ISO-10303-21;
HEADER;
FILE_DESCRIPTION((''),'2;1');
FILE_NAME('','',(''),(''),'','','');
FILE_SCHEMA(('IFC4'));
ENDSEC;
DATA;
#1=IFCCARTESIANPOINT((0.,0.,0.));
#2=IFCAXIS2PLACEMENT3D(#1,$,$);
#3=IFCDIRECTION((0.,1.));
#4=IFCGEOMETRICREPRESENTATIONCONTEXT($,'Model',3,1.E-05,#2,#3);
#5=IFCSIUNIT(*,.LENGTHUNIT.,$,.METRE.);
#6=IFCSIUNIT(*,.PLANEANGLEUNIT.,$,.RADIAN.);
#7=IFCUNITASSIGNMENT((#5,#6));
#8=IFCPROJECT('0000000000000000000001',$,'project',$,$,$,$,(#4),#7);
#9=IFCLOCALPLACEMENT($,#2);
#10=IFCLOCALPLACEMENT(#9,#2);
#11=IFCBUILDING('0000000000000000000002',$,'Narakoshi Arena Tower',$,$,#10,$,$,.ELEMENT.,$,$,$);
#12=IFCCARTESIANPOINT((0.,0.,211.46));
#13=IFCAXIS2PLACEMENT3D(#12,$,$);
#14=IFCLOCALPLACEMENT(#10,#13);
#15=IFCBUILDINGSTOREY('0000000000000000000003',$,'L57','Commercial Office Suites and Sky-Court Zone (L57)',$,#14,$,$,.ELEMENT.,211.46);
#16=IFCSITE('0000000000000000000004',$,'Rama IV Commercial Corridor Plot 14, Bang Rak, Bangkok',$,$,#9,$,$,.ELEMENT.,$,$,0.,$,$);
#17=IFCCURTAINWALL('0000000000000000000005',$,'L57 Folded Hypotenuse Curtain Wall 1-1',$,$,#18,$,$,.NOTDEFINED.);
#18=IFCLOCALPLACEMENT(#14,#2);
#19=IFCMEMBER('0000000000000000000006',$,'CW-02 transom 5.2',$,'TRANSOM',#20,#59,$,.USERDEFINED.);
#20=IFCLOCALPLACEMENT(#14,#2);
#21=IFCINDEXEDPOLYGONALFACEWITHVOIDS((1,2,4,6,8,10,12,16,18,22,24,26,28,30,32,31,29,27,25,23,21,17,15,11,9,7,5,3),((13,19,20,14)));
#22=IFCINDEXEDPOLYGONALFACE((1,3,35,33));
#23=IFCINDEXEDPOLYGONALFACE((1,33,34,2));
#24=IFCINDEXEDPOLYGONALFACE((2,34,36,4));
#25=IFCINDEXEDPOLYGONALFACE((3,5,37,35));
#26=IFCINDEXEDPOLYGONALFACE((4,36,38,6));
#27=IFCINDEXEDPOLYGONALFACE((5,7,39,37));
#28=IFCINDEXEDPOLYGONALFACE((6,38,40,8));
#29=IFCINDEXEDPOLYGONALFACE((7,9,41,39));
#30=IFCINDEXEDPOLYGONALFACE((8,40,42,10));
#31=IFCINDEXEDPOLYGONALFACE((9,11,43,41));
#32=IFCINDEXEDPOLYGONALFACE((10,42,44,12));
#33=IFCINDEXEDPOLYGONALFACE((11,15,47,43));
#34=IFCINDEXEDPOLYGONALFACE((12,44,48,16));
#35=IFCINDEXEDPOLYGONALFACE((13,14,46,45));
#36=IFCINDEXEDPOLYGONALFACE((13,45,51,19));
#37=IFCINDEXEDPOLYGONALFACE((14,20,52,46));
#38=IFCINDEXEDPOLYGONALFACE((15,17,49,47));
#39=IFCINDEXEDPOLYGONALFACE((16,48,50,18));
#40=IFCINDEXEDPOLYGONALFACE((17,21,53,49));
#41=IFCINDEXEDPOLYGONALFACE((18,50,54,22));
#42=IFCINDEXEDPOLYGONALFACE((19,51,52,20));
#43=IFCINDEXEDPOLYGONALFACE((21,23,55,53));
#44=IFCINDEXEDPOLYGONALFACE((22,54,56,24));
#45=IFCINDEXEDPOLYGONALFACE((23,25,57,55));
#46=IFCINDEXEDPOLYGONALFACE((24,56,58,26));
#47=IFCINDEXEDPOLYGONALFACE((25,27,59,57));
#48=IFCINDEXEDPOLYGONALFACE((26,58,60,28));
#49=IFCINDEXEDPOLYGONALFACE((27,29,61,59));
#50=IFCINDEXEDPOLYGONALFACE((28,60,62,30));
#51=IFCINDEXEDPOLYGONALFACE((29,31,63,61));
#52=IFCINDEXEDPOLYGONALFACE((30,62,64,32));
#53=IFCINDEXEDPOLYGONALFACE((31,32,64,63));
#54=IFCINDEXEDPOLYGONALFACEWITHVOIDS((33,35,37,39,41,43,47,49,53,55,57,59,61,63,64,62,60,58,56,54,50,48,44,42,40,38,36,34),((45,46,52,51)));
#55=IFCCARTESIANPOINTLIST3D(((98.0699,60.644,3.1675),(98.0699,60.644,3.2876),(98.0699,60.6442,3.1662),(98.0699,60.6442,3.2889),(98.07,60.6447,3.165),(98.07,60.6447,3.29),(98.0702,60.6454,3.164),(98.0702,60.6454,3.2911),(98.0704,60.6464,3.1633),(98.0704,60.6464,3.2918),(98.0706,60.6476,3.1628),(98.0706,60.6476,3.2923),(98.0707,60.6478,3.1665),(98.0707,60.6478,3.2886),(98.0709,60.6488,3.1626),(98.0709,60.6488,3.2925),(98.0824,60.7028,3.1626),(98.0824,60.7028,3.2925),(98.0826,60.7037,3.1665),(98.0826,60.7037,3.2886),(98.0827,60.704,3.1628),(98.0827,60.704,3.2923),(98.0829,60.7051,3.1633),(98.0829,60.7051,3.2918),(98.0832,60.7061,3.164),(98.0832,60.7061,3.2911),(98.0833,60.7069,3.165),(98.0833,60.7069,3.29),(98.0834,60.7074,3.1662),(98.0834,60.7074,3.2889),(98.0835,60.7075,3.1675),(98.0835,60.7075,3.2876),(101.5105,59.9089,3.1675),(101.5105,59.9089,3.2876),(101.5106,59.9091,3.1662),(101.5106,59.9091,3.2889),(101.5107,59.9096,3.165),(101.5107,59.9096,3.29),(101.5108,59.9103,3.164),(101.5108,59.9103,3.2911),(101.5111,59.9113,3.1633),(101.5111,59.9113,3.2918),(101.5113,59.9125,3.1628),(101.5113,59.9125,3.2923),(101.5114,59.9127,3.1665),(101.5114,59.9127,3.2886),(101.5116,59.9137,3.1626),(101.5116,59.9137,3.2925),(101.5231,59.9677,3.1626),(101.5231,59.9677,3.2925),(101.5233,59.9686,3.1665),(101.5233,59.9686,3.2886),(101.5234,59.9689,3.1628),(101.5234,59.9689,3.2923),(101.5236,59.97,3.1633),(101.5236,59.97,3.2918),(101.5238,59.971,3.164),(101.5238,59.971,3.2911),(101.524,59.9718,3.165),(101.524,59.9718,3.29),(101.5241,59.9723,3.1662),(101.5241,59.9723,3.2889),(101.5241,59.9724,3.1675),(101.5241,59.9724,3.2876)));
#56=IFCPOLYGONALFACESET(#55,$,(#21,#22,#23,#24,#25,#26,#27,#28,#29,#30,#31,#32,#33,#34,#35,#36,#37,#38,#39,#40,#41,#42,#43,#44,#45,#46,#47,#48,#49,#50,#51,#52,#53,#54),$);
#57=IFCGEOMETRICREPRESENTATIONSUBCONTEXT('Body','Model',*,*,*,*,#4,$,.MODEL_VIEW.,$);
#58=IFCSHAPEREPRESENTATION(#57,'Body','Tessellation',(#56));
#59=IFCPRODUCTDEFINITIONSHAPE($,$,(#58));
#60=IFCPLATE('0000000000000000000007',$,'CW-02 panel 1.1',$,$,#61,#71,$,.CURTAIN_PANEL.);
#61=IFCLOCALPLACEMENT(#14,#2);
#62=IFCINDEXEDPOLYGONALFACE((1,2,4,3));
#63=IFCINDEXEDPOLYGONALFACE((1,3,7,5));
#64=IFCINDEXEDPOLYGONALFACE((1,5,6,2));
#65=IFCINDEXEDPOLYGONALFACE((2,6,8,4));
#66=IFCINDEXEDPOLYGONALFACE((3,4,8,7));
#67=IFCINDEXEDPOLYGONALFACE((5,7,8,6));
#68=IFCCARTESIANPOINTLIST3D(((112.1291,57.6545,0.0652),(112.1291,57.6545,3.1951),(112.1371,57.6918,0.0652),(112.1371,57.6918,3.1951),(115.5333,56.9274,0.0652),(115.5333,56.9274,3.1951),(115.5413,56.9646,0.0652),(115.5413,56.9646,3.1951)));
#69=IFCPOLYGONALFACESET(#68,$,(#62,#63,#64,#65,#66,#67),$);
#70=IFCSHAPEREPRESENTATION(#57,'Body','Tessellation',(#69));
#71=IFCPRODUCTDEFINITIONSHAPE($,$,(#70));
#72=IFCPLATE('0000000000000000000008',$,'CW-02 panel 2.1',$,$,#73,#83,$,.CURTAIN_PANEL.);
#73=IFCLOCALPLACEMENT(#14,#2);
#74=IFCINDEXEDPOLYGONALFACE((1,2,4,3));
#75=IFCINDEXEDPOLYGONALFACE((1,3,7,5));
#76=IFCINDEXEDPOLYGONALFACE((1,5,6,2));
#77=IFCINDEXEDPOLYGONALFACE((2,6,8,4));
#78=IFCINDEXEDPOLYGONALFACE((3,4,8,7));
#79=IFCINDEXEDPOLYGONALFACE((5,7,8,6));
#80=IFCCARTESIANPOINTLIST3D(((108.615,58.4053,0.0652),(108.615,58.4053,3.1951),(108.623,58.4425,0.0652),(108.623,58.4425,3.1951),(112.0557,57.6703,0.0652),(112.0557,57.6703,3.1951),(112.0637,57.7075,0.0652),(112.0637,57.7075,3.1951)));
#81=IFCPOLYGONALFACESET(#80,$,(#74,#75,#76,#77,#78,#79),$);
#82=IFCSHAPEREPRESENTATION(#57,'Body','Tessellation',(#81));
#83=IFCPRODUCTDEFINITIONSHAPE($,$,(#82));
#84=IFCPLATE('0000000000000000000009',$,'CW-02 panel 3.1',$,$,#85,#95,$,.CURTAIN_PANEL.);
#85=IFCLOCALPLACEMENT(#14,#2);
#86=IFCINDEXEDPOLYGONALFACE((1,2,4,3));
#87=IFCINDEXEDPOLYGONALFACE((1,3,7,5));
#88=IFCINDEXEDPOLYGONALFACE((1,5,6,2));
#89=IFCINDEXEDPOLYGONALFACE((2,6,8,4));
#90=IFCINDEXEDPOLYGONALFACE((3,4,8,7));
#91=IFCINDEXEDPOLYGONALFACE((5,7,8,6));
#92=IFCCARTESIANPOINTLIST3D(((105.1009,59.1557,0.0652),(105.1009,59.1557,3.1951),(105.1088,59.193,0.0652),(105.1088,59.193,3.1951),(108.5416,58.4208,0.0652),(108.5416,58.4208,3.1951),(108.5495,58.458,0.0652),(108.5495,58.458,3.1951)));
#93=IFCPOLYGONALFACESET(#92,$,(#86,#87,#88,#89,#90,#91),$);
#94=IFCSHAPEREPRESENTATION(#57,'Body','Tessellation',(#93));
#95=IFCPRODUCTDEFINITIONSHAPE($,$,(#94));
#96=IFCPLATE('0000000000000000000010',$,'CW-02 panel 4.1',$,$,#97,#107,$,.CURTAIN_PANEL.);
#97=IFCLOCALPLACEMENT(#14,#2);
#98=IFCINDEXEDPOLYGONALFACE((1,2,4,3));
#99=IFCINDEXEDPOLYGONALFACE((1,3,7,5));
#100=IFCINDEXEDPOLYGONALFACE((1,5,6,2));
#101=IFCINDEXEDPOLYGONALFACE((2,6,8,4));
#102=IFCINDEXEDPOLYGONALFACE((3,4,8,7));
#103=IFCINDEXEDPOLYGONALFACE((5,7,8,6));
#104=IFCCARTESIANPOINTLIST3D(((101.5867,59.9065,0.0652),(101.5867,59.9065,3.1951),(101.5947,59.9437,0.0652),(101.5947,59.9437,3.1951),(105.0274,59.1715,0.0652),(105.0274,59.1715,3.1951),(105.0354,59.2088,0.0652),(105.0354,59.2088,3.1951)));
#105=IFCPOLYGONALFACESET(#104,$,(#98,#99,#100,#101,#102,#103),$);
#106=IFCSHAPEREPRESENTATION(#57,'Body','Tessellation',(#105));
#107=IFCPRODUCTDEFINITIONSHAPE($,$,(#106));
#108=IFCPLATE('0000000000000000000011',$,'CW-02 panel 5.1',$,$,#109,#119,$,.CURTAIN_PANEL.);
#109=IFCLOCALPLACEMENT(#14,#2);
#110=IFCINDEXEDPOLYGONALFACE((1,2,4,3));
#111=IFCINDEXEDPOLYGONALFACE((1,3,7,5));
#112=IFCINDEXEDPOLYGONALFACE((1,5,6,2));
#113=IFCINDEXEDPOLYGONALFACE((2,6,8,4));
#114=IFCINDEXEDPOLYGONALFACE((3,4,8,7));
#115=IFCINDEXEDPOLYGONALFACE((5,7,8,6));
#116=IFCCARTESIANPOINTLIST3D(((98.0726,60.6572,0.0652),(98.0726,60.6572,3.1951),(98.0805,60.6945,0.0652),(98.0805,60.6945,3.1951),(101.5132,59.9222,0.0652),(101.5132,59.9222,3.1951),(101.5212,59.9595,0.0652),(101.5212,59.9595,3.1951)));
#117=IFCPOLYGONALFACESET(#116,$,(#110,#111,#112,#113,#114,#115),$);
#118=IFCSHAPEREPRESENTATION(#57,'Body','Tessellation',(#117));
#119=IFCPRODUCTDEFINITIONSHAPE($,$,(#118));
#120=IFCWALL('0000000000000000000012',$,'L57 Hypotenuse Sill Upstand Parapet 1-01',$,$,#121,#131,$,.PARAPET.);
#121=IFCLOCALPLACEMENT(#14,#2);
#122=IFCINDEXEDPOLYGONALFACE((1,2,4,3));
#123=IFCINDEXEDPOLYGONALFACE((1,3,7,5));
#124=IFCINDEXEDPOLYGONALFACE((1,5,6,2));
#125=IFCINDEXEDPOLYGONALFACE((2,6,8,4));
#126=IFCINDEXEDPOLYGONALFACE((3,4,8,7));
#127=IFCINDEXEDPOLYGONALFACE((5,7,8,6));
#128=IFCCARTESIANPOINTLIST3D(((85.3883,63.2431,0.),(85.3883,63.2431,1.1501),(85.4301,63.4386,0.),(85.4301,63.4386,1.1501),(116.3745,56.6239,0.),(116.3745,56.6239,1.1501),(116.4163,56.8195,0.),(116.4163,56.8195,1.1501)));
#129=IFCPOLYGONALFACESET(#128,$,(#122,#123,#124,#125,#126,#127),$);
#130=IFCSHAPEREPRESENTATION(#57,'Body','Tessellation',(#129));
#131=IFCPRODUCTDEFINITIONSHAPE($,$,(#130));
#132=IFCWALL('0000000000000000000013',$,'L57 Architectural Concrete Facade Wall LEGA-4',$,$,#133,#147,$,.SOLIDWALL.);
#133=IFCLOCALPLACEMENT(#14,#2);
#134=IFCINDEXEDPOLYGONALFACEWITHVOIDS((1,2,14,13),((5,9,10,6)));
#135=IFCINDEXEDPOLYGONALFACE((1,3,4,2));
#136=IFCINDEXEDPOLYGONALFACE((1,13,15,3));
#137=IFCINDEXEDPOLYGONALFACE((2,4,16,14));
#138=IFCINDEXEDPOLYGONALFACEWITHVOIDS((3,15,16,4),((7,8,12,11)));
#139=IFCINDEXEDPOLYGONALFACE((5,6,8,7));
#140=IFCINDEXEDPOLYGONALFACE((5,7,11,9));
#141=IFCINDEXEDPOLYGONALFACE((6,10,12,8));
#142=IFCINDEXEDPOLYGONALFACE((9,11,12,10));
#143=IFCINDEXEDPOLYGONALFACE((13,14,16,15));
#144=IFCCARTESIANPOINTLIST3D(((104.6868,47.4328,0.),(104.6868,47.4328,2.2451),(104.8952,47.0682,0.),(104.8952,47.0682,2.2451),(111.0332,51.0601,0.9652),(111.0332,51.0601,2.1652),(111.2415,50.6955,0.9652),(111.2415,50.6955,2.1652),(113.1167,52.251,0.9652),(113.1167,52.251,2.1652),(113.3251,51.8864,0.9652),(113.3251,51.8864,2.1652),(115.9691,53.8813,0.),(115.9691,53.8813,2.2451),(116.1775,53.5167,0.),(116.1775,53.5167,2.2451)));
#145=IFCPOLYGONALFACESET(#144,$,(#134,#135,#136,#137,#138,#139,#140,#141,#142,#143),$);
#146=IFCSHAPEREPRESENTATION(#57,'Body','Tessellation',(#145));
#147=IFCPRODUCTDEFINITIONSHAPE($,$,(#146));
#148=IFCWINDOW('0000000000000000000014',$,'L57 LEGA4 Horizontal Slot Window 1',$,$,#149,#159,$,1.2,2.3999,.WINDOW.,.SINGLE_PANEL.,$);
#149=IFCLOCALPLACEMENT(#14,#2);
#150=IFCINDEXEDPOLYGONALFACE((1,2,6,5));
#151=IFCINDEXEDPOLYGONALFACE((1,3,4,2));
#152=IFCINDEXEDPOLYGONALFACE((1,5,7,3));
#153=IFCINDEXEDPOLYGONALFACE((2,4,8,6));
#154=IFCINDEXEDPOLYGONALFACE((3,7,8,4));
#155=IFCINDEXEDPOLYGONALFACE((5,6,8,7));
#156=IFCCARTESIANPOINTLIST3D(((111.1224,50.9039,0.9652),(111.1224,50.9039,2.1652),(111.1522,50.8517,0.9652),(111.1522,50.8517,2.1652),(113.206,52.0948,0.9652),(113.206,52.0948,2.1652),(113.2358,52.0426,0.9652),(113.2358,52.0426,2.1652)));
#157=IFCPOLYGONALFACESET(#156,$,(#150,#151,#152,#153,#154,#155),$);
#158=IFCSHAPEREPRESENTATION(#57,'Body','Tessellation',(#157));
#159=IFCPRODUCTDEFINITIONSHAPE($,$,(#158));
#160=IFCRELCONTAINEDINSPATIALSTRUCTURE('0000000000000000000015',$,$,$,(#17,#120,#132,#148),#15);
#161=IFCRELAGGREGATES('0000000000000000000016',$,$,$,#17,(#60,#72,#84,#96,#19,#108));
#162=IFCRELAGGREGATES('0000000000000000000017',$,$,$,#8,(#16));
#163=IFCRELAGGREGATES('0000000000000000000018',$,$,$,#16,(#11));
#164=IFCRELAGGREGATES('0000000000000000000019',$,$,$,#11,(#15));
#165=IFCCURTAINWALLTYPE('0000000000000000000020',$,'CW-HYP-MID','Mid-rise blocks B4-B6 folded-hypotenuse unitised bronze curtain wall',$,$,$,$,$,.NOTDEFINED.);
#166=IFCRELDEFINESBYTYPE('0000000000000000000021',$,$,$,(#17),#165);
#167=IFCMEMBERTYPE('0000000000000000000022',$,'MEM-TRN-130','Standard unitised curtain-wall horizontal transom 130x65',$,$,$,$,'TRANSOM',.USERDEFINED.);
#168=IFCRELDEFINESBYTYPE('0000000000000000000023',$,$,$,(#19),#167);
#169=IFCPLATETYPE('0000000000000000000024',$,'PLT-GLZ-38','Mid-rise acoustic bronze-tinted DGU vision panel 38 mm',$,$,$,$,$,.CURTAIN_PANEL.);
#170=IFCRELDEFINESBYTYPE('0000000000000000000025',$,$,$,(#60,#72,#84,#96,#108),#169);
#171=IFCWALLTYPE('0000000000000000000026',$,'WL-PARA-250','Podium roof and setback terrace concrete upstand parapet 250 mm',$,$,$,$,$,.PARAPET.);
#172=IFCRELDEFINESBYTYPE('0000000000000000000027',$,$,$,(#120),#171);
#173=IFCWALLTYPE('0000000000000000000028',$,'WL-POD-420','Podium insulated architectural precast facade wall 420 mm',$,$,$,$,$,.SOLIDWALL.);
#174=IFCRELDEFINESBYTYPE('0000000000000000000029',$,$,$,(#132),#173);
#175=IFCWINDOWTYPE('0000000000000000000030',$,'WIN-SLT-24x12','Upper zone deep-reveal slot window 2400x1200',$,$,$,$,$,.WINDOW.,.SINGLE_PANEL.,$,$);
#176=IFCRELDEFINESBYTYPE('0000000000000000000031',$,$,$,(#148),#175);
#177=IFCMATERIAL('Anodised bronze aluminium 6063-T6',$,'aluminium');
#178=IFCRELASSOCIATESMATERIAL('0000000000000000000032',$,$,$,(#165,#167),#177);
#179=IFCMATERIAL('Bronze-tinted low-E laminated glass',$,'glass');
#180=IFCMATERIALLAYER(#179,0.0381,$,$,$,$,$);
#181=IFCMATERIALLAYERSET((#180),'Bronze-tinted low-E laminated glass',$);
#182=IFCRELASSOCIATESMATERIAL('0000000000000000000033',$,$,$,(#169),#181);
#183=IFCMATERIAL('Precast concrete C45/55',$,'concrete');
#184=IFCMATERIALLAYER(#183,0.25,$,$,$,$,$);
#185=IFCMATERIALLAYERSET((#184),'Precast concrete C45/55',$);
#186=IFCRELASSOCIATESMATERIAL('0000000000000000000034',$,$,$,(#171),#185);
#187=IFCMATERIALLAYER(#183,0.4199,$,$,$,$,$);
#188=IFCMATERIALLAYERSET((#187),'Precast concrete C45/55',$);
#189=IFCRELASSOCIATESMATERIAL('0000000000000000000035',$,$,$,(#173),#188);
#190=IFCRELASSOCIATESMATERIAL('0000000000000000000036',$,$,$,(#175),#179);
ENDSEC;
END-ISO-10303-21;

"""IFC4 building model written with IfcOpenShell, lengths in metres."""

from ifc_helpers import new_model, si_unit, direction, frame, frame_2d, origin, origin_2d, place, context, subcontext, project, spatial, rectangle, hollow_rectangle, extrude, material, layer, layer_set, material_profile, profile_set, type_object, element, fill, aggregate, save


model = new_model("IFC4")

# Units and contexts
model_context = context("Model", 3, precision=1e-05, world=origin(), true_north=direction((0.0, 1.0)))
body_context = subcontext(model_context, "Body", "Model", "MODEL_VIEW")
ifc_project = project(units=[si_unit("LENGTHUNIT", "METRE"), si_unit("PLANEANGLEUNIT", "RADIAN")], contexts=[model_context])

# Site, building, storey
site_placement = place(None, origin())
site = spatial("IfcSite", under=ifc_project, at=site_placement, Name="Rama IV Commercial Corridor Plot 14, Bang Rak, Bangkok", CompositionType="ELEMENT", RefElevation=0.0)
building_placement = place(site_placement, origin())
building = spatial("IfcBuilding", under=site, at=building_placement, Name="Narakoshi Arena Tower", CompositionType="ELEMENT")
storey_placement = place(building_placement, frame((0.0, 0.0, 211.46)))
storey = spatial("IfcBuildingStorey", under=building, at=storey_placement, Name="L57", Description="Commercial Office Suites and Sky-Court Zone (L57)", CompositionType="ELEMENT", Elevation=211.46)

# Curtain wall, member, plates
ifc_material_1 = material(Name="Anodised bronze aluminium 6063-T6", Category="aluminium")
curtain_wall_type = type_object("IfcCurtainWallType", Name="CW-HYP-MID", Description="Mid-rise blocks B4-B6 folded-hypotenuse unitised bronze curtain wall", PredefinedType="NOTDEFINED", material=ifc_material_1)
curtain_wall_placement = place(storey_placement, origin())
curtain_wall = element("IfcCurtainWall", 1, at=curtain_wall_placement, inside=storey, type_object=curtain_wall_type, Name="L57 Folded Hypotenuse Curtain Wall 1-1", PredefinedType="NOTDEFINED")
ifc_material_profile_1 = material_profile(ifc_material_1, hollow_rectangle(XDim=0.0649, YDim=0.1299, WallThickness=0.0039, OuterFilletRadius=0.0049, at=origin_2d()), Name="TRN130x65x4")
ifc_profile_set_1 = profile_set([ifc_material_profile_1], Name="Anodised bronze aluminium 6063-T6")
member_type_1 = type_object("IfcMemberType", Name="MEM-TRN-130", Description="Standard unitised curtain-wall horizontal transom 130x65", ElementType="TRANSOM", PredefinedType="USERDEFINED", material=ifc_profile_set_1)
member_1_placement = place(storey_placement, frame((101.5173, 59.9407, 3.2275), z_axis=(-0.977929, 0.208937, 0.0), x_axis=(-0.208937, -0.977929, 0.0)))
member_1 = element("IfcMember", 2, at=member_1_placement, type_object=member_type_1, Name="CW-02 transom 5.2", ObjectType="TRANSOM", PredefinedType="USERDEFINED", context=body_context, shape_type="SweptSolid", body=[
    extrude(hollow_rectangle(XDim=0.0649, YDim=0.1299, WallThickness=0.0039, OuterFilletRadius=0.0049, at=origin_2d()), origin(), (0.0, 0.0, 1.0), 3.5183),
])
ifc_material_2 = material(Name="Bronze-tinted low-E laminated glass", Category="glass")
ifc_layer_1 = layer(ifc_material_2, 0.0381)
ifc_layer_set_1 = layer_set([ifc_layer_1], Name="Bronze-tinted low-E laminated glass")
plate_type = type_object("IfcPlateType", Name="PLT-GLZ-38", Description="Mid-rise acoustic bronze-tinted DGU vision panel 38 mm", PredefinedType="CURTAIN_PANEL", material=ifc_layer_set_1)
plate_1_placement = place(storey_placement, frame((113.8352, 57.3096, 0.0652), z_axis=(0.0, 0.0, 1.0), x_axis=(-0.977937, 0.208899, 0.0)))
plate_1 = element("IfcPlate", 3, at=plate_1_placement, type_object=plate_type, Name="CW-02 panel 1.1", PredefinedType="CURTAIN_PANEL", context=body_context, shape_type="SweptSolid", body=[
    extrude(rectangle(XDim=3.481, YDim=0.0381, at=origin_2d()), origin(), (0.0, 0.0, 1.0), 3.1299),
])
plate_2_placement = place(storey_placement, frame((110.3394, 58.0564, 0.0652), z_axis=(0.0, 0.0, 1.0), x_axis=(-0.977937, 0.208899, 0.0)))
plate_2 = element("IfcPlate", 4, at=plate_2_placement, type_object=plate_type, Name="CW-02 panel 2.1", PredefinedType="CURTAIN_PANEL", context=body_context, shape_type="SweptSolid", body=[
    extrude(rectangle(XDim=3.5183, YDim=0.0381, at=origin_2d()), origin(), (0.0, 0.0, 1.0), 3.1299),
])
plate_3_placement = place(storey_placement, frame((106.8252, 58.8069, 0.0652), z_axis=(0.0, 0.0, 1.0), x_axis=(-0.977937, 0.208899, 0.0)))
plate_3 = element("IfcPlate", 5, at=plate_3_placement, type_object=plate_type, Name="CW-02 panel 3.1", PredefinedType="CURTAIN_PANEL", context=body_context, shape_type="SweptSolid", body=[
    extrude(rectangle(XDim=3.5183, YDim=0.0381, at=origin_2d()), origin(), (0.0, 0.0, 1.0), 3.1299),
])
plate_4_placement = place(storey_placement, frame((103.311, 59.5576, 0.0652), z_axis=(0.0, 0.0, 1.0), x_axis=(-0.977937, 0.208899, 0.0)))
plate_4 = element("IfcPlate", 6, at=plate_4_placement, type_object=plate_type, Name="CW-02 panel 4.1", PredefinedType="CURTAIN_PANEL", context=body_context, shape_type="SweptSolid", body=[
    extrude(rectangle(XDim=3.5183, YDim=0.0381, at=origin_2d()), origin(), (0.0, 0.0, 1.0), 3.1299),
])
plate_5_placement = place(storey_placement, frame((99.7969, 60.3083, 0.0652), z_axis=(0.0, 0.0, 1.0), x_axis=(-0.977937, 0.208899, 0.0)))
plate_5 = element("IfcPlate", 7, at=plate_5_placement, type_object=plate_type, Name="CW-02 panel 5.1", PredefinedType="CURTAIN_PANEL", context=body_context, shape_type="SweptSolid", body=[
    extrude(rectangle(XDim=3.5183, YDim=0.0381, at=origin_2d()), origin(), (0.0, 0.0, 1.0), 3.1299),
])
aggregate(curtain_wall, [plate_1, plate_2, plate_3, plate_4, member_1, plate_5])

# Wall
ifc_material_3 = material(Name="Precast concrete C45/55", Category="concrete")
ifc_layer_2 = layer(ifc_material_3, 0.25)
ifc_layer_set_2 = layer_set([ifc_layer_2], Name="Precast concrete C45/55")
wall_type_1 = type_object("IfcWallType", Name="WL-PARA-250", Description="Podium roof and setback terrace concrete upstand parapet 250 mm", PredefinedType="PARAPET", material=ifc_layer_set_2)
wall_1_placement = place(storey_placement, frame((116.3955, 56.7217, 0.0), z_axis=(0.0, 0.0, 1.0), x_axis=(-0.977937, 0.208902, 0.0)))
element("IfcWall", 8, at=wall_1_placement, inside=storey, type_object=wall_type_1, Name="L57 Hypotenuse Sill Upstand Parapet 1-01", PredefinedType="PARAPET", context=body_context, shape_type="SweptSolid", body=[
    extrude(rectangle(XDim=31.6853, YDim=0.2, at=frame_2d((15.8428, 0.0))), origin(), (0.0, 0.0, 1.0), 1.1501),
])

# Wall, opening, window
ifc_layer_3 = layer(ifc_material_3, 0.4199)
ifc_layer_set_3 = layer_set([ifc_layer_3], Name="Precast concrete C45/55")
wall_type_2 = type_object("IfcWallType", Name="WL-POD-420", Description="Podium insulated architectural precast facade wall 420 mm", PredefinedType="SOLIDWALL", material=ifc_layer_set_3)
wall_2_placement = place(storey_placement, frame((104.791, 47.2505, 0.0), z_axis=(0.0, 0.0, 1.0), x_axis=(0.868193, 0.496226, 0.0)))
wall_2 = element("IfcWall", 9, at=wall_2_placement, inside=storey, type_object=wall_type_2, Name="L57 Architectural Concrete Facade Wall LEGA-4", PredefinedType="SOLIDWALL", context=body_context, shape_type="SweptSolid", body=[
    extrude(rectangle(XDim=12.9951, YDim=0.4199, at=frame_2d((6.4976, 0.0))), origin(), (0.0, 0.0, 1.0), 2.2451),
])
opening_1_placement = place(wall_2_placement, frame((7.3098, 0.0, 0.9651)))
opening_1 = element("IfcOpeningElement", 10, at=opening_1_placement, cuts=wall_2, PredefinedType="OPENING", context=body_context, shape_type="SweptSolid", body=[
    extrude(rectangle(XDim=2.3999, YDim=1.2, at=frame_2d((1.2, 0.6001))), frame((0.0, 0.22, 0.0), z_axis=(0.0, -1.0, 0.0), x_axis=(1.0, 0.0, 0.0)), (0.0, 0.0, 1.0), 0.4399),
])
window_type_1 = type_object("IfcWindowType", Name="WIN-SLT-24x12", Description="Upper zone deep-reveal slot window 2400x1200", PartitioningType="SINGLE_PANEL", PredefinedType="WINDOW", material=ifc_material_2)
window_1_placement = place(opening_1_placement, origin())
window_1 = element("IfcWindow", 11, at=window_1_placement, inside=storey, type_object=window_type_1, Name="L57 LEGA4 Horizontal Slot Window 1", OverallHeight=1.2, OverallWidth=2.3999, PartitioningType="SINGLE_PANEL", PredefinedType="WINDOW", context=body_context, shape_type="SweptSolid", body=[
    extrude(rectangle(XDim=2.3999, YDim=1.2, at=frame_2d((1.2, 0.6001))), frame((0.0, 0.03, 0.0), z_axis=(0.0, -1.0, 0.0), x_axis=(1.0, 0.0, 0.0)), (0.0, 0.0, 1.0), 0.0601),
])
fill(opening_1, window_1)

save(model, "model.ifc")
